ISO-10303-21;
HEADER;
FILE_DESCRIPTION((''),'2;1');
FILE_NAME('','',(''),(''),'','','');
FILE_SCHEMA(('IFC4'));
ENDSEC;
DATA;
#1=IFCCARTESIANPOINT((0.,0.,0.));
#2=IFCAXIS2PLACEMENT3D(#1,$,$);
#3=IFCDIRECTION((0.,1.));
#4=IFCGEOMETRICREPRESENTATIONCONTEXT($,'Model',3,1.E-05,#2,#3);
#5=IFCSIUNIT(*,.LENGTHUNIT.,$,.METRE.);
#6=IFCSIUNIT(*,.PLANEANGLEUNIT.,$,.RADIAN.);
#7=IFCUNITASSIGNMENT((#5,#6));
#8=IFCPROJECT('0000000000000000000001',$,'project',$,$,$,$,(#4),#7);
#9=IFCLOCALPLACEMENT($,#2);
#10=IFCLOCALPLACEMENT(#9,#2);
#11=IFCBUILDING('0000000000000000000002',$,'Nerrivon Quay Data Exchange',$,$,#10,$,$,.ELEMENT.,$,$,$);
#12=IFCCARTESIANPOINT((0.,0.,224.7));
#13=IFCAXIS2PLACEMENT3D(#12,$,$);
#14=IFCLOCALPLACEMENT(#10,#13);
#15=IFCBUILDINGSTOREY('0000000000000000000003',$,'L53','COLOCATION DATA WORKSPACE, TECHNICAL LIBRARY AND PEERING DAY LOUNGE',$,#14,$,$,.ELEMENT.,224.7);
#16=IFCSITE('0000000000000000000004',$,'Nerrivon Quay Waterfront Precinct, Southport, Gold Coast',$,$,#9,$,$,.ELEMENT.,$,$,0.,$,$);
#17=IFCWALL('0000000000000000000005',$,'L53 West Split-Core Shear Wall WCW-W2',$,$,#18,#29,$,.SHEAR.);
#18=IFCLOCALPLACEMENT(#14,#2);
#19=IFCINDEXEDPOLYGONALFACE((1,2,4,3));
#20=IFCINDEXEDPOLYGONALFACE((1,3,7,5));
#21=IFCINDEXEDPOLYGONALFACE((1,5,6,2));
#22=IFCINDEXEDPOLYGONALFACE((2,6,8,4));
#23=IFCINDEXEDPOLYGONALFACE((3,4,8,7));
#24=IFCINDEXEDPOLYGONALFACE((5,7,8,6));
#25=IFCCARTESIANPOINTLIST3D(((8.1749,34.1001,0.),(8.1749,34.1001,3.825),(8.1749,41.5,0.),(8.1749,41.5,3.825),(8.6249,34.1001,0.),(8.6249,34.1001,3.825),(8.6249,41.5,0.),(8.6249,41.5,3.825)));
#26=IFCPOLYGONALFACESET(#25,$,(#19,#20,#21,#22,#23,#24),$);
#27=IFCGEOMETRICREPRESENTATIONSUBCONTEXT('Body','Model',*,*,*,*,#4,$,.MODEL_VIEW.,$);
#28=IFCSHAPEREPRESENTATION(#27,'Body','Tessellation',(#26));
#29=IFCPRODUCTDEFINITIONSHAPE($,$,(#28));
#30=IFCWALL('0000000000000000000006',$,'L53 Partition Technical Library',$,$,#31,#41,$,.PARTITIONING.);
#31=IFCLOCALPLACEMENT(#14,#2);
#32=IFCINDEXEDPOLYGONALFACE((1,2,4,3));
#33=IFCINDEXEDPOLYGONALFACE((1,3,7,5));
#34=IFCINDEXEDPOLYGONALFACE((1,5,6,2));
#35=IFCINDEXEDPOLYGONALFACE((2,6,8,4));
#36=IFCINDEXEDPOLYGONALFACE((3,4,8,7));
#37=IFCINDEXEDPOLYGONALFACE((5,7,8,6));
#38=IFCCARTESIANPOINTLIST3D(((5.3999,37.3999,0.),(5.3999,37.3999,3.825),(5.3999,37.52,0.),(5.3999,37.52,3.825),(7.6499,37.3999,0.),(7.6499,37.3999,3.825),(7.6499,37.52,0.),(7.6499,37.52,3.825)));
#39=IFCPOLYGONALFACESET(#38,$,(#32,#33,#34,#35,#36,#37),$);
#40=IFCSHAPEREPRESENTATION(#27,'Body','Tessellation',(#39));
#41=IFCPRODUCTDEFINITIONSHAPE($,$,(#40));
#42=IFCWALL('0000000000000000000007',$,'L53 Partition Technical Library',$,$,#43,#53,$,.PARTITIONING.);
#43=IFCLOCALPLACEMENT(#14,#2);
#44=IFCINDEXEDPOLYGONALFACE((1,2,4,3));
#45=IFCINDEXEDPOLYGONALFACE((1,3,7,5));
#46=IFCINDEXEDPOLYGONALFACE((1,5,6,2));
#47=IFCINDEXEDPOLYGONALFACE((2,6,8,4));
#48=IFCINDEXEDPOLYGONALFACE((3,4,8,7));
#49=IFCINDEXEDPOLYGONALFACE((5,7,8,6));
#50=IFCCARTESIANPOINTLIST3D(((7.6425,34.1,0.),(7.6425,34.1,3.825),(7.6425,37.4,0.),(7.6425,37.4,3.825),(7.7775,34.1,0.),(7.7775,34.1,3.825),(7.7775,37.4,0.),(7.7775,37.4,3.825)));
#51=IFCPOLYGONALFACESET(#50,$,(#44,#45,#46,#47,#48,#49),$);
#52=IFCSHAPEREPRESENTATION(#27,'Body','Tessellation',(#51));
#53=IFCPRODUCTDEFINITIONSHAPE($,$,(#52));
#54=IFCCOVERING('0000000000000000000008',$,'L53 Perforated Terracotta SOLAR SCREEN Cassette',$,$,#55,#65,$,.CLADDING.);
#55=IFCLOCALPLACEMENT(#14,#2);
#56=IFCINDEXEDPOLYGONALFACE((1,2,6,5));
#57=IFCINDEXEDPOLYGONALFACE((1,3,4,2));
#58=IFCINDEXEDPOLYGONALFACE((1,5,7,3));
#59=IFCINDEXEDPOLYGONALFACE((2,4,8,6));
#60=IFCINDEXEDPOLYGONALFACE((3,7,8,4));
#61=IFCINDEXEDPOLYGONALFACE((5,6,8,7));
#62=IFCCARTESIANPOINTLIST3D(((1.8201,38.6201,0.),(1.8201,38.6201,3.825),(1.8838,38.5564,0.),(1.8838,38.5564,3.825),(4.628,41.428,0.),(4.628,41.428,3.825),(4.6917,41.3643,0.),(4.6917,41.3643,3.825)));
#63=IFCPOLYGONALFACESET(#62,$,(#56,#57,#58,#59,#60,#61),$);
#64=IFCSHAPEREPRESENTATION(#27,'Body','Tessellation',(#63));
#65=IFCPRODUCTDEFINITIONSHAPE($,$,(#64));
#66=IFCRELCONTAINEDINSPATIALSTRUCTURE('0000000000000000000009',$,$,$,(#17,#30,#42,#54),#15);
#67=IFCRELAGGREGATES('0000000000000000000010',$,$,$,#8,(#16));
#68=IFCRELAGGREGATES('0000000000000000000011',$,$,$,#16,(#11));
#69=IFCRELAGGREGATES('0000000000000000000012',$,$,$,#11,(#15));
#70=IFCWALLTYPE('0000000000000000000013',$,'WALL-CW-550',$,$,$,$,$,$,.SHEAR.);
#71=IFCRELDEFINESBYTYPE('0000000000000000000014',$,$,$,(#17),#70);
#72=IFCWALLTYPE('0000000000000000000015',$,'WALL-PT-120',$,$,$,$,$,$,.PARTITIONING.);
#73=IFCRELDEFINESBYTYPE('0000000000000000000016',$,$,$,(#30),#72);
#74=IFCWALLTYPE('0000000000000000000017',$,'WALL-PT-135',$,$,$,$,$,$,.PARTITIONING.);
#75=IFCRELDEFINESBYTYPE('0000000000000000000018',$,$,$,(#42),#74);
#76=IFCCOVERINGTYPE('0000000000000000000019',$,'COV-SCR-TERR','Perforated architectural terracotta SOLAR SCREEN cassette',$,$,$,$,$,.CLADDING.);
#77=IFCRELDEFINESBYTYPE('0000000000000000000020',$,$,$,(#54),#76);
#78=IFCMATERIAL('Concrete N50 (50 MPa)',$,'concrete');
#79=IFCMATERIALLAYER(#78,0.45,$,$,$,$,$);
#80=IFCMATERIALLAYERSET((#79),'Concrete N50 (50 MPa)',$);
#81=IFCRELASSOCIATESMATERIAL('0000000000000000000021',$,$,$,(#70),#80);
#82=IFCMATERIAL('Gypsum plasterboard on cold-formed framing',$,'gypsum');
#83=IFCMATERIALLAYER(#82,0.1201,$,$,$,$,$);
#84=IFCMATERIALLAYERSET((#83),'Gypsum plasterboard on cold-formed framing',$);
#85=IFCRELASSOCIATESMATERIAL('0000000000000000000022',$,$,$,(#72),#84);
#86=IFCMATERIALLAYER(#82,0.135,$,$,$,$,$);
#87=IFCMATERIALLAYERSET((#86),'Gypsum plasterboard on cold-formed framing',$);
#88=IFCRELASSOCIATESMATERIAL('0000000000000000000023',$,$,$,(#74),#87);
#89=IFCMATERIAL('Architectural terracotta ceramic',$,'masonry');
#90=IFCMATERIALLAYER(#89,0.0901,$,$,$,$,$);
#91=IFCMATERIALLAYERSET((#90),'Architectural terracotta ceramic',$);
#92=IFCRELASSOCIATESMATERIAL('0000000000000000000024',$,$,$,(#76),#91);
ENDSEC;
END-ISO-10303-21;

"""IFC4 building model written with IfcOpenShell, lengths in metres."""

from ifc_helpers import new_model, si_unit, direction, frame, frame_2d, origin, origin_2d, place, context, subcontext, project, spatial, rectangle, extrude, material, layer, layer_set, type_object, element, save


model = new_model("IFC4")

# Units and contexts
model_context = context("Model", 3, precision=1e-05, world=origin(), true_north=direction((0.0, 1.0)))
body_context = subcontext(model_context, "Body", "Model", "MODEL_VIEW")
ifc_project = project(units=[si_unit("LENGTHUNIT", "METRE"), si_unit("PLANEANGLEUNIT", "RADIAN")], contexts=[model_context])

# Site, building, storey
site_placement = place(None, origin())
site = spatial("IfcSite", under=ifc_project, at=site_placement, Name="Nerrivon Quay Waterfront Precinct, Southport, Gold Coast", CompositionType="ELEMENT", RefElevation=0.0)
building_placement = place(site_placement, origin())
building = spatial("IfcBuilding", under=site, at=building_placement, Name="Nerrivon Quay Data Exchange", CompositionType="ELEMENT")
storey_placement = place(building_placement, frame((0.0, 0.0, 224.7)))
storey = spatial("IfcBuildingStorey", under=building, at=storey_placement, Name="L53", Description="COLOCATION DATA WORKSPACE, TECHNICAL LIBRARY AND PEERING DAY LOUNGE", CompositionType="ELEMENT", Elevation=224.7)

# Walls
ifc_material_1 = material(Name="Concrete N50 (50 MPa)", Category="concrete")
ifc_layer_1 = layer(ifc_material_1, 0.45)
ifc_layer_set_1 = layer_set([ifc_layer_1], Name="Concrete N50 (50 MPa)")
wall_type_1 = type_object("IfcWallType", Name="WALL-CW-550", PredefinedType="SHEAR", material=ifc_layer_set_1)
wall_1_placement = place(storey_placement, frame((8.3999, 34.1001, 0.0), z_axis=(0.0, 0.0, 1.0), x_axis=(0.0, 1.0, 0.0)))
element("IfcWall", 1, at=wall_1_placement, inside=storey, type_object=wall_type_1, Name="L53 West Split-Core Shear Wall WCW-W2", PredefinedType="SHEAR", context=body_context, shape_type="SweptSolid", body=[
    extrude(rectangle(XDim=7.3999, YDim=0.45, at=frame_2d((3.7, 0.0))), origin(), (0.0, 0.0, 1.0), 3.825),
])
ifc_material_2 = material(Name="Gypsum plasterboard on cold-formed framing", Category="gypsum")
ifc_layer_2 = layer(ifc_material_2, 0.1201)
ifc_layer_set_2 = layer_set([ifc_layer_2], Name="Gypsum plasterboard on cold-formed framing")
wall_type_2 = type_object("IfcWallType", Name="WALL-PT-120", PredefinedType="PARTITIONING", material=ifc_layer_set_2)
wall_2_placement = place(storey_placement, frame((5.3999, 37.46, 0.0), z_axis=(0.0, 0.0, 1.0), x_axis=(1.0, 0.0, 0.0)))
element("IfcWall", 2, at=wall_2_placement, inside=storey, type_object=wall_type_2, Name="L53 Partition Technical Library", PredefinedType="PARTITIONING", context=body_context, shape_type="SweptSolid", body=[
    extrude(rectangle(XDim=2.25, YDim=0.1201, at=frame_2d((1.125, 0.0))), origin(), (0.0, 0.0, 1.0), 3.825),
])
ifc_layer_3 = layer(ifc_material_2, 0.135)
ifc_layer_set_3 = layer_set([ifc_layer_3], Name="Gypsum plasterboard on cold-formed framing")
wall_type_3 = type_object("IfcWallType", Name="WALL-PT-135", PredefinedType="PARTITIONING", material=ifc_layer_set_3)
wall_3_placement = place(storey_placement, frame((7.71, 37.3999, 0.0), z_axis=(0.0, 0.0, 1.0), x_axis=(0.0, -1.0, 0.0)))
element("IfcWall", 3, at=wall_3_placement, inside=storey, type_object=wall_type_3, Name="L53 Partition Technical Library", PredefinedType="PARTITIONING", context=body_context, shape_type="SweptSolid", body=[
    extrude(rectangle(XDim=3.3, YDim=0.135, at=frame_2d((1.6499, 0.0))), origin(), (0.0, 0.0, 1.0), 3.825),
])

# Covering
ifc_material_3 = material(Name="Architectural terracotta ceramic", Category="masonry")
ifc_layer_4 = layer(ifc_material_3, 0.0901)
ifc_layer_set_4 = layer_set([ifc_layer_4], Name="Architectural terracotta ceramic")
covering_type = type_object("IfcCoveringType", Name="COV-SCR-TERR", Description="Perforated architectural terracotta SOLAR SCREEN cassette", PredefinedType="CLADDING", material=ifc_layer_set_4)
covering_placement = place(storey_placement, frame((3.2559, 39.9922, 0.0), z_axis=(0.0, 0.0, 1.0), x_axis=(0.707107, 0.707107, 0.0)))
element("IfcCovering", 4, at=covering_placement, inside=storey, type_object=covering_type, Name="L53 Perforated Terracotta SOLAR SCREEN Cassette", PredefinedType="CLADDING", context=body_context, shape_type="SweptSolid", body=[
    extrude(rectangle(XDim=3.9709, YDim=0.0901, at=origin_2d()), origin(), (0.0, 0.0, 1.0), 3.825),
])

save(model, "model.ifc")
